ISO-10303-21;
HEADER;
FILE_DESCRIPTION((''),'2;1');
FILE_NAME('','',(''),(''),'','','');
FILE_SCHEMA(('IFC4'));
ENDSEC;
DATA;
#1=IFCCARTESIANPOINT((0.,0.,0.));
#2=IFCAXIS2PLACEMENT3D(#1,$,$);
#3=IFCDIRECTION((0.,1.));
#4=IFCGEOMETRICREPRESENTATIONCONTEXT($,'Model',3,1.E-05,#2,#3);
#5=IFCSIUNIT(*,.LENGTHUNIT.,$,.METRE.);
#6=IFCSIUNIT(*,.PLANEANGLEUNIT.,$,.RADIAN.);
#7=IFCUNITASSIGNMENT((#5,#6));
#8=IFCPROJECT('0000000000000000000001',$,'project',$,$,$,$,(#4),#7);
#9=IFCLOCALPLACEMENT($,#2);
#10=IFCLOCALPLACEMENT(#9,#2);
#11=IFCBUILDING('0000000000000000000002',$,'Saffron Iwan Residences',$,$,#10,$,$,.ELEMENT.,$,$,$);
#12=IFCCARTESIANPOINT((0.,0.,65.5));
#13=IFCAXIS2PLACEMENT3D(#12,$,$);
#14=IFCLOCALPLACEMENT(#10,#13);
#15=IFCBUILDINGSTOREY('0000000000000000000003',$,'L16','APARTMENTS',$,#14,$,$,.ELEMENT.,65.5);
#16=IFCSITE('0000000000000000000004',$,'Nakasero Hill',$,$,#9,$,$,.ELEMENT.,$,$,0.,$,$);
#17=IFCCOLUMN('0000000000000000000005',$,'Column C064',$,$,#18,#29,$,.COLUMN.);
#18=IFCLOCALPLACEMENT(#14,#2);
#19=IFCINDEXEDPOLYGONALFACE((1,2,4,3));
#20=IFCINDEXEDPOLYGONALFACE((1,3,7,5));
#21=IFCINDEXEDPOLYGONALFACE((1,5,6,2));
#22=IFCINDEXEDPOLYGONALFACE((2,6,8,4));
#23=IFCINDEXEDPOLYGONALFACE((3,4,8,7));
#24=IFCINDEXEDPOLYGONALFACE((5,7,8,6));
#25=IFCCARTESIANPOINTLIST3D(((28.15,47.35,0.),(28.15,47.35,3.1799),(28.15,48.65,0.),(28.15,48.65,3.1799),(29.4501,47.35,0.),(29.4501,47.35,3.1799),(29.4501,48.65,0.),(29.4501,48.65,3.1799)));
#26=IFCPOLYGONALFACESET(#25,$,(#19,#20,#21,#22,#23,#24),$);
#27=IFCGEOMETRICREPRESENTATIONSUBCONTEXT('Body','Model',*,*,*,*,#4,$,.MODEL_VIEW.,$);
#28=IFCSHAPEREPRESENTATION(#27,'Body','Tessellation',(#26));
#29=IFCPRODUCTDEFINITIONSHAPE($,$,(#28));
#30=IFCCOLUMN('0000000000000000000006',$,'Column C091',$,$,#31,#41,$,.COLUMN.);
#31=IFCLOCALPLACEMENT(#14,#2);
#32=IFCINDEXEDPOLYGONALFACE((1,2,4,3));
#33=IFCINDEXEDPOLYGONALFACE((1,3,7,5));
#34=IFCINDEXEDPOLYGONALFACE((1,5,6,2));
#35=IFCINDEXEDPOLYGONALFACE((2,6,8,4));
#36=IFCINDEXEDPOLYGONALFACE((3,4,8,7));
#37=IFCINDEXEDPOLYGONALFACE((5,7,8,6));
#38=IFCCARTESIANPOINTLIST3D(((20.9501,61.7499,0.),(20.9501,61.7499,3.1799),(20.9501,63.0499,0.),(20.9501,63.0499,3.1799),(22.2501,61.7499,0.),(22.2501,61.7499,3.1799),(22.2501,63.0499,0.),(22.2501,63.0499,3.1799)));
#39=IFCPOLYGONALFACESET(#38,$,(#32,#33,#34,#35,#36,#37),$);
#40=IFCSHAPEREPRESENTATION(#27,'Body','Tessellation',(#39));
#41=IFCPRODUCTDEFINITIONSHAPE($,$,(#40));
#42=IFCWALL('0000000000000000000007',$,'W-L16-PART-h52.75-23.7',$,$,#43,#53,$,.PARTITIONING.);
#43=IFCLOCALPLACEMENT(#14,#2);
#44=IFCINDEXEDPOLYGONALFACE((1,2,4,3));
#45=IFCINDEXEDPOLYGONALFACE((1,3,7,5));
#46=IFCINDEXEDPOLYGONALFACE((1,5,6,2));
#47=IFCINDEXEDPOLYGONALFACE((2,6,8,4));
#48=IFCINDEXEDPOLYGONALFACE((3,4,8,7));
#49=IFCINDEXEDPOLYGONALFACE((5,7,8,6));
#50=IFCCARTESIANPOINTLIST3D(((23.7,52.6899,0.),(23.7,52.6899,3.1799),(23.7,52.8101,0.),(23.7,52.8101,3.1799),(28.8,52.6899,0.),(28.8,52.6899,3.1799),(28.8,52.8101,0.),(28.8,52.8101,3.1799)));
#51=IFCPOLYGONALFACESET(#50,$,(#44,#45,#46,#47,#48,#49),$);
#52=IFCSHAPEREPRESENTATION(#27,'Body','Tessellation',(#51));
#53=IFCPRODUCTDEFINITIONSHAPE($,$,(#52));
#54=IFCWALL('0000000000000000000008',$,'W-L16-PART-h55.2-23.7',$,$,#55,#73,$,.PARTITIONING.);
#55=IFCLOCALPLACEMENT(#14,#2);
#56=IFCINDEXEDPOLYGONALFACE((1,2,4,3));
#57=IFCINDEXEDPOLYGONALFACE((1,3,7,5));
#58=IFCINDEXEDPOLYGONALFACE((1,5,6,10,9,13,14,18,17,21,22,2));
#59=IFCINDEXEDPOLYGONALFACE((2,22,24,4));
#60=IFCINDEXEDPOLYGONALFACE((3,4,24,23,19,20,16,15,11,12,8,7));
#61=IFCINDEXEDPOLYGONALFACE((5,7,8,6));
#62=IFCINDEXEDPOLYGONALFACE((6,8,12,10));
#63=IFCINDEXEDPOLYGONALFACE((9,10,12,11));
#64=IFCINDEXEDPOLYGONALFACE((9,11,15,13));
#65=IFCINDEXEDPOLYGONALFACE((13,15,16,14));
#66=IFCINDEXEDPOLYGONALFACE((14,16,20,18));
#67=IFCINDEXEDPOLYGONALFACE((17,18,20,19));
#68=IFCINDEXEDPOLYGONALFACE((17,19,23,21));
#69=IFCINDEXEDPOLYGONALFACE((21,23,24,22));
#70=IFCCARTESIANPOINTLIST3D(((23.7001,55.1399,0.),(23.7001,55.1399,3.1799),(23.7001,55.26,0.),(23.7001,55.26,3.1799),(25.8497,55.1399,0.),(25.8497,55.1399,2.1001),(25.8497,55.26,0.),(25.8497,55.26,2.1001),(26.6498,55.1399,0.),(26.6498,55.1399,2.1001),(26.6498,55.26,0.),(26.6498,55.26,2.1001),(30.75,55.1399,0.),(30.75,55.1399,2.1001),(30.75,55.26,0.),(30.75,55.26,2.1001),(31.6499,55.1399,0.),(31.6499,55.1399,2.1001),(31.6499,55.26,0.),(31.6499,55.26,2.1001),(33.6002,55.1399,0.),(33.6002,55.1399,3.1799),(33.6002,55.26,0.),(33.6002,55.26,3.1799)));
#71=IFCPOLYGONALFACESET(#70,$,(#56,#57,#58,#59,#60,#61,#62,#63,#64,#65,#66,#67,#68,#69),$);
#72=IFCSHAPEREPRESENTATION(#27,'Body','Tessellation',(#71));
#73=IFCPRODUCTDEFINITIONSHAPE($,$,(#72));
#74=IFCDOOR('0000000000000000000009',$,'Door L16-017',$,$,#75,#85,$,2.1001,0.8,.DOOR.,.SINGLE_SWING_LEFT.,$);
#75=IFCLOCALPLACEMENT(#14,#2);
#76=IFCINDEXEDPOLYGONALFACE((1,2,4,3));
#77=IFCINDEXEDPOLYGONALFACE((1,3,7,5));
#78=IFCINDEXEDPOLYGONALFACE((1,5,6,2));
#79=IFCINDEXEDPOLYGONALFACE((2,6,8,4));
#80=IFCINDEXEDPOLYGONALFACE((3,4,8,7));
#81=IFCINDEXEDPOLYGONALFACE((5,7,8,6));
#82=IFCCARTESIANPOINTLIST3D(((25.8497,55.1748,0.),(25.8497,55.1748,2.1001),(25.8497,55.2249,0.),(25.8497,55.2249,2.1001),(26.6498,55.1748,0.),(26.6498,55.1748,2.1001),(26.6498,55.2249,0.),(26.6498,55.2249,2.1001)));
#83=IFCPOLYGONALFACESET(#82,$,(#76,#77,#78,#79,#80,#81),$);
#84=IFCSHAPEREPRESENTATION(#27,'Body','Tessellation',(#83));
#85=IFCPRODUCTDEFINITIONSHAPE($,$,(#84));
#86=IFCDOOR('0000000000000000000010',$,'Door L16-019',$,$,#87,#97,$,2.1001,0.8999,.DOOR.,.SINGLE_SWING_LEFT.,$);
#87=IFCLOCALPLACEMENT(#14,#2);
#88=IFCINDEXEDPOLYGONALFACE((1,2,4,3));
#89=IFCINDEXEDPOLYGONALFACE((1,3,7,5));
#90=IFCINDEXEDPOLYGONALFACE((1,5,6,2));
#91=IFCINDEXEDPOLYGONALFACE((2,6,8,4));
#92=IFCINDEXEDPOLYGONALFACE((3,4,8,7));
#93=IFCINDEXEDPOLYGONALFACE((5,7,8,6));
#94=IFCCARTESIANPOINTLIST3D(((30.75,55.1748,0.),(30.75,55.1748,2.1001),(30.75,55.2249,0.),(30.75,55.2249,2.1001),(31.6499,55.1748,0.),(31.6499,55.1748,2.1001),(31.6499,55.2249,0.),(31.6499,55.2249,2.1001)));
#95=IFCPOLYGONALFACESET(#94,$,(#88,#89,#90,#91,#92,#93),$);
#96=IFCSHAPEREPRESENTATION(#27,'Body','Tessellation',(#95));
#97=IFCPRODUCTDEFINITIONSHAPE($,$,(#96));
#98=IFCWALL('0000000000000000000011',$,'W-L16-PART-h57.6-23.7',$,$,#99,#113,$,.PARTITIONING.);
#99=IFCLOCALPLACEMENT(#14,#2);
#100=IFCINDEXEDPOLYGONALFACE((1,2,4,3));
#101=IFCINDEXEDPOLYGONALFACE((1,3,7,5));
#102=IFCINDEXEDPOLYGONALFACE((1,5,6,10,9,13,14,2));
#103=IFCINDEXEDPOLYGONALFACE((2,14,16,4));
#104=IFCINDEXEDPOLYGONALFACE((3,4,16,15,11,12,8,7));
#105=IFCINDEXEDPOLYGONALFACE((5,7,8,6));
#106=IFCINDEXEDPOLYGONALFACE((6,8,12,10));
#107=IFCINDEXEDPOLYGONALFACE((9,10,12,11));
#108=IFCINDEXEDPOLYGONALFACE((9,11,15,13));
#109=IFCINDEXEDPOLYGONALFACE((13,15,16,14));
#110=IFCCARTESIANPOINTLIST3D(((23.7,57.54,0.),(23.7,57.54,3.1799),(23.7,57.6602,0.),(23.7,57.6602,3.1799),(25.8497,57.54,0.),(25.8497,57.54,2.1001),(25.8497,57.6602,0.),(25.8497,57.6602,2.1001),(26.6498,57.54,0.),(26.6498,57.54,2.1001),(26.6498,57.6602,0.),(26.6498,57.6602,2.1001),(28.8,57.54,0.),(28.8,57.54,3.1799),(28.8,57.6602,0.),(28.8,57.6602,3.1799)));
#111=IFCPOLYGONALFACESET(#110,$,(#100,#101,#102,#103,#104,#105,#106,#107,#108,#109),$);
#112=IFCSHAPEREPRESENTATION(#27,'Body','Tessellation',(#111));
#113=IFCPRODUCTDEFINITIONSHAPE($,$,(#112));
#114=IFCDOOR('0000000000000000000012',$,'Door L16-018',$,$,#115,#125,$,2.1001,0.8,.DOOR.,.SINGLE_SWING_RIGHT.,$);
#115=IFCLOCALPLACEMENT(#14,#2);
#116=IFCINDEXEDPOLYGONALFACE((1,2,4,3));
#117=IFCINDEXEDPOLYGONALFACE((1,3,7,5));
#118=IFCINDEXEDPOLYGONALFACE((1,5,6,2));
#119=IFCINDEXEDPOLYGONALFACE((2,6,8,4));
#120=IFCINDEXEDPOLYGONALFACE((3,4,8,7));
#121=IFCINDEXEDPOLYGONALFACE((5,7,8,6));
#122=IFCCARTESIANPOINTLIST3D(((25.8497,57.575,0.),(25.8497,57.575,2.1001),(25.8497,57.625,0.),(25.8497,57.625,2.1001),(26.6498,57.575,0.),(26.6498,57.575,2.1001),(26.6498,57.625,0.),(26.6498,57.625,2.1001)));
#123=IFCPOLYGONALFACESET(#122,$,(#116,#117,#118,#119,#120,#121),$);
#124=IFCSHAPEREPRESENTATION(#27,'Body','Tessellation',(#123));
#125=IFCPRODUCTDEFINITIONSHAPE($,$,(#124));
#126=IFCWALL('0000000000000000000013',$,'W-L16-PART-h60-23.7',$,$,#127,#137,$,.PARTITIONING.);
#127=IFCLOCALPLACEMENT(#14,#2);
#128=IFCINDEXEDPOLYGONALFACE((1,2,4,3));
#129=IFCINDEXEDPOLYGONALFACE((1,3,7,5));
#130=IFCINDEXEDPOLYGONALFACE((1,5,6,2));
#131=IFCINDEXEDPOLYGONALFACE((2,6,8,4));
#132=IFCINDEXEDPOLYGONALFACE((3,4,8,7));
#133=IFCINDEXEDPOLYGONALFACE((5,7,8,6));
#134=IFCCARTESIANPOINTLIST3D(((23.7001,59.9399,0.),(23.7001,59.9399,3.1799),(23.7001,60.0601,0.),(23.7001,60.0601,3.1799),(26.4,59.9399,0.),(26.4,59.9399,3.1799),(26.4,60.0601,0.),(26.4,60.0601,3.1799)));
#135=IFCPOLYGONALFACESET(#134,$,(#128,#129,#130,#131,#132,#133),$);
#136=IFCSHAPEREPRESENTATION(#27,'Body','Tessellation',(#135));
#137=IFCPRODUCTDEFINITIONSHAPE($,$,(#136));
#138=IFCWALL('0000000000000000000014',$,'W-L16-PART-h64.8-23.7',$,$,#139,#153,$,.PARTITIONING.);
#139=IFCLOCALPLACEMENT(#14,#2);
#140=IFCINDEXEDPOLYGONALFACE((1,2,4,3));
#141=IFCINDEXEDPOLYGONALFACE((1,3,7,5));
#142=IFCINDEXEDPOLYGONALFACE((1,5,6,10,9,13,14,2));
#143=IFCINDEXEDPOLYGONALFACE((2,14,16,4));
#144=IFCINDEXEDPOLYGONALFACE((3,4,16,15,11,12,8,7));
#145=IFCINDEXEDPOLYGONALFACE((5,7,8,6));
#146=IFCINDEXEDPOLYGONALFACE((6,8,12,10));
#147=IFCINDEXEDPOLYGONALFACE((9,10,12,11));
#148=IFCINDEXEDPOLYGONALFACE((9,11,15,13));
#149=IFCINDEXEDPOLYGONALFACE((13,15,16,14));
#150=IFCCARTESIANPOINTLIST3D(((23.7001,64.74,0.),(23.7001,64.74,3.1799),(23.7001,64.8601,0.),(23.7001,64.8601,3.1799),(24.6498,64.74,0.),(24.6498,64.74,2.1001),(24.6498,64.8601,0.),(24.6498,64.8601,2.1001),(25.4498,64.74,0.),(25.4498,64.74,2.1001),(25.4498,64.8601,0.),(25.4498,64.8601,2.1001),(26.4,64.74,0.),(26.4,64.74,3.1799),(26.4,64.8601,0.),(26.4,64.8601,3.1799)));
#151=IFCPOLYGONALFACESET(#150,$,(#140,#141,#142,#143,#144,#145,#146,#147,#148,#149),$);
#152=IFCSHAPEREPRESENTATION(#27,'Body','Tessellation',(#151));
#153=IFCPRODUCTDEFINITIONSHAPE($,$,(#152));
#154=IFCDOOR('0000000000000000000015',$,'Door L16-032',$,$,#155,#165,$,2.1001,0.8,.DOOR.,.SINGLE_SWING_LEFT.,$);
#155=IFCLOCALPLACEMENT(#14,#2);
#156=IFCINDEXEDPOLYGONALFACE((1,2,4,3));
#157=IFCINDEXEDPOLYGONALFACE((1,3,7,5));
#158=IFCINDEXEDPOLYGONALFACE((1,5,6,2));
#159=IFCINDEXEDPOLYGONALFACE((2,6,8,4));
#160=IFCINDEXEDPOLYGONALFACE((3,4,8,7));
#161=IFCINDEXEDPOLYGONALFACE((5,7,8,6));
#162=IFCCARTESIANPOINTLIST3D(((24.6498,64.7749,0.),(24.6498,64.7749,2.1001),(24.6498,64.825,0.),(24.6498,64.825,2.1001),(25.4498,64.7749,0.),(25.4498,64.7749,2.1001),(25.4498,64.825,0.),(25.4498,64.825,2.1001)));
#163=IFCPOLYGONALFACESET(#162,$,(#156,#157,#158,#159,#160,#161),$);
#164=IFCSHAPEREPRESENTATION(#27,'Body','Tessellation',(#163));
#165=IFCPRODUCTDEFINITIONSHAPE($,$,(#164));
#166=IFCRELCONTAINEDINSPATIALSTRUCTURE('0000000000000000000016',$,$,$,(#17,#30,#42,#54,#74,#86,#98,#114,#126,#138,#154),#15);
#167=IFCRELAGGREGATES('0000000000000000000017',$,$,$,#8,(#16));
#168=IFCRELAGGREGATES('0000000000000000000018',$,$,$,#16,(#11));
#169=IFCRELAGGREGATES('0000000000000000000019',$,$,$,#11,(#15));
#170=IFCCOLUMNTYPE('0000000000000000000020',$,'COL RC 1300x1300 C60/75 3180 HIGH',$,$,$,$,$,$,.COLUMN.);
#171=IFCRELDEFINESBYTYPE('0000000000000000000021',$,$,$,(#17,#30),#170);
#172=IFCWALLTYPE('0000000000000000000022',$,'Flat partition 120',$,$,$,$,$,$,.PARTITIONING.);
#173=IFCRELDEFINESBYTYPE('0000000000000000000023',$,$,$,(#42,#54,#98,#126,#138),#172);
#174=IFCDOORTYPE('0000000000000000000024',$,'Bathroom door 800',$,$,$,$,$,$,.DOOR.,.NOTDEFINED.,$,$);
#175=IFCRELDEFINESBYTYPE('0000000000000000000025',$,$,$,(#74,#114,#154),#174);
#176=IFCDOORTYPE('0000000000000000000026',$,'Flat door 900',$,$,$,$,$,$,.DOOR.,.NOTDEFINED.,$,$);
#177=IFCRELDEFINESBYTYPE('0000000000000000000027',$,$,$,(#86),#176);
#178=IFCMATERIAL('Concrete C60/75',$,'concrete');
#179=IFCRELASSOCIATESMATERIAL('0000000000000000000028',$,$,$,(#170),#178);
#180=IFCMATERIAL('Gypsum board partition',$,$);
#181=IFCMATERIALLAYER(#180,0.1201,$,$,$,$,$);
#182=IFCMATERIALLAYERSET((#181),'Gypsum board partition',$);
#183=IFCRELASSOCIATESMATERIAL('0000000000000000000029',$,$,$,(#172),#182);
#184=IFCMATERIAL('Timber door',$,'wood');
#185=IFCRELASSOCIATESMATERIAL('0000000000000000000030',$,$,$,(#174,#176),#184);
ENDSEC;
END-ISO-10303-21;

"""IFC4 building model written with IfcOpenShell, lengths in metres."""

from ifc_helpers import new_model, si_unit, direction, frame, frame_2d, origin, origin_2d, place, context, subcontext, project, spatial, rectangle, extrude, source, transform, mapped, material, layer, layer_set, material_profile, profile_set, type_object, element, fill, save


model = new_model("IFC4")

# Units and contexts
model_context = context("Model", 3, precision=1e-05, world=origin(), true_north=direction((0.0, 1.0)))
body_context = subcontext(model_context, "Body", "Model", "MODEL_VIEW")
ifc_project = project(units=[si_unit("LENGTHUNIT", "METRE"), si_unit("PLANEANGLEUNIT", "RADIAN")], contexts=[model_context])

# Site, building, storey
site_placement = place(None, origin())
site = spatial("IfcSite", under=ifc_project, at=site_placement, Name="Nakasero Hill", CompositionType="ELEMENT", RefElevation=0.0)
building_placement = place(site_placement, origin())
building = spatial("IfcBuilding", under=site, at=building_placement, Name="Saffron Iwan Residences", CompositionType="ELEMENT")
storey_placement = place(building_placement, frame((0.0, 0.0, 65.5)))
storey = spatial("IfcBuildingStorey", under=building, at=storey_placement, Name="L16", Description="APARTMENTS", CompositionType="ELEMENT", Elevation=65.5)

# Columns
ifc_material_1 = material(Name="Concrete C60/75", Category="concrete")
ifc_material_profile = material_profile(ifc_material_1, rectangle(XDim=1.3, YDim=1.3, at=origin_2d()), Name="RC 1300x1300")
ifc_profile_set = profile_set([ifc_material_profile], Name="Concrete C60/75")
column_type = type_object("IfcColumnType", Name="COL RC 1300x1300 C60/75 3180 HIGH", PredefinedType="COLUMN", material=ifc_profile_set)
shared_shape = source(origin(), body_context, "Body", "SweptSolid", [
    extrude(rectangle(XDim=1.3, YDim=1.3, at=origin_2d()), origin(), (0.0, 0.0, 1.0), 3.1799),
])
for number, where, z_axis, x_axis, name in (
    (1, (28.8, 48.0, 0.0), (0.0, 0.0, 1.0), (1.0, 0.0, 0.0), "Column C064"),
    (2, (21.6001, 62.3999, 0.0), (0.0, 0.0, 1.0), (1.0, 0.0, 0.0), "Column C091"),
):
    element("IfcColumn", number, at=place(storey_placement, frame(where, z_axis=z_axis, x_axis=x_axis)), inside=storey, type_object=column_type, Name=name, PredefinedType="COLUMN", context=body_context, shape_type="MappedRepresentation", body=[
        mapped(shared_shape, transform((0.0, 0.0, 0.0))),
    ])

# Wall
ifc_material_2 = material(Name="Gypsum board partition")
ifc_layer_1 = layer(ifc_material_2, 0.1201)
ifc_layer_set_1 = layer_set([ifc_layer_1], Name="Gypsum board partition")
wall_type_1 = type_object("IfcWallType", Name="Flat partition 120", PredefinedType="PARTITIONING", material=ifc_layer_set_1)
wall_1_placement = place(storey_placement, frame((23.7, 52.75, 0.0), z_axis=(0.0, 0.0, 1.0), x_axis=(1.0, 0.0, 0.0)))
element("IfcWall", 3, at=wall_1_placement, inside=storey, type_object=wall_type_1, Name="W-L16-PART-h52.75-23.7", PredefinedType="PARTITIONING", context=body_context, shape_type="SweptSolid", body=[
    extrude(rectangle(XDim=5.1001, YDim=0.1201, at=frame_2d((2.55, 0.0))), origin(), (0.0, 0.0, 1.0), 3.1799),
])

# Wall, openings, doors
wall_2_placement = place(storey_placement, frame((23.7, 55.2, 0.0), z_axis=(0.0, 0.0, 1.0), x_axis=(1.0, 0.0, 0.0)))
wall_2 = element("IfcWall", 4, at=wall_2_placement, inside=storey, type_object=wall_type_1, Name="W-L16-PART-h55.2-23.7", PredefinedType="PARTITIONING", context=body_context, shape_type="SweptSolid", body=[
    extrude(rectangle(XDim=9.9001, YDim=0.1201, at=frame_2d((4.9502, 0.0))), origin(), (0.0, 0.0, 1.0), 3.1799),
])
opening_1_placement = place(wall_2_placement, frame((2.1499, 0.0, 0.0)))
opening_1 = element("IfcOpeningElement", 5, at=opening_1_placement, cuts=wall_2, PredefinedType="OPENING", context=body_context, shape_type="SweptSolid", body=[
    extrude(rectangle(XDim=0.8, YDim=2.1001, at=frame_2d((0.3999, 1.05))), frame((0.0, 0.0701, 0.0), z_axis=(0.0, -1.0, 0.0), x_axis=(1.0, 0.0, 0.0)), (0.0, 0.0, 1.0), 0.1401),
])
opening_2_placement = place(wall_2_placement, frame((7.05, 0.0, 0.0)))
opening_2 = element("IfcOpeningElement", 6, at=opening_2_placement, cuts=wall_2, PredefinedType="OPENING", context=body_context, shape_type="SweptSolid", body=[
    extrude(rectangle(XDim=0.8999, YDim=2.1001, at=frame_2d((0.45, 1.05))), frame((0.0, 0.0701, 0.0), z_axis=(0.0, -1.0, 0.0), x_axis=(1.0, 0.0, 0.0)), (0.0, 0.0, 1.0), 0.1401),
])
ifc_material_3 = material(Name="Timber door", Category="wood")
door_type_1 = type_object("IfcDoorType", Name="Bathroom door 800", OperationType="NOTDEFINED", PredefinedType="DOOR", material=ifc_material_3)
door_1_placement = place(opening_1_placement, origin())
door_1 = element("IfcDoor", 7, at=door_1_placement, inside=storey, type_object=door_type_1, Name="Door L16-017", OperationType="SINGLE_SWING_LEFT", OverallHeight=2.1001, OverallWidth=0.8, PredefinedType="DOOR", context=body_context, shape_type="SweptSolid", body=[
    extrude(rectangle(XDim=0.8, YDim=2.1001, at=frame_2d((0.3999, 1.05))), frame((0.0, 0.0249, 0.0), z_axis=(0.0, -1.0, 0.0), x_axis=(1.0, 0.0, 0.0)), (0.0, 0.0, 1.0), 0.05),
])
fill(opening_1, door_1)
door_type_2 = type_object("IfcDoorType", Name="Flat door 900", OperationType="NOTDEFINED", PredefinedType="DOOR", material=ifc_material_3)
door_2_placement = place(opening_2_placement, origin())
door_2 = element("IfcDoor", 8, at=door_2_placement, inside=storey, type_object=door_type_2, Name="Door L16-019", OperationType="SINGLE_SWING_LEFT", OverallHeight=2.1001, OverallWidth=0.8999, PredefinedType="DOOR", context=body_context, shape_type="SweptSolid", body=[
    extrude(rectangle(XDim=0.8999, YDim=2.1001, at=frame_2d((0.45, 1.05))), frame((0.0, 0.0249, 0.0), z_axis=(0.0, -1.0, 0.0), x_axis=(1.0, 0.0, 0.0)), (0.0, 0.0, 1.0), 0.05),
])
fill(opening_2, door_2)

# Wall, opening, door
wall_3_placement = place(storey_placement, frame((23.7, 57.6001, 0.0), z_axis=(0.0, 0.0, 1.0), x_axis=(1.0, 0.0, 0.0)))
wall_3 = element("IfcWall", 9, at=wall_3_placement, inside=storey, type_object=wall_type_1, Name="W-L16-PART-h57.6-23.7", PredefinedType="PARTITIONING", context=body_context, shape_type="SweptSolid", body=[
    extrude(rectangle(XDim=5.1001, YDim=0.1201, at=frame_2d((2.55, 0.0))), origin(), (0.0, 0.0, 1.0), 3.1799),
])
opening_3_placement = place(wall_3_placement, frame((2.1499, 0.0, 0.0)))
opening_3 = element("IfcOpeningElement", 10, at=opening_3_placement, cuts=wall_3, PredefinedType="OPENING", context=body_context, shape_type="SweptSolid", body=[
    extrude(rectangle(XDim=0.8, YDim=2.1001, at=frame_2d((0.3999, 1.05))), frame((0.0, 0.0701, 0.0), z_axis=(0.0, -1.0, 0.0), x_axis=(1.0, 0.0, 0.0)), (0.0, 0.0, 1.0), 0.1401),
])
door_3_placement = place(opening_3_placement, origin())
door_3 = element("IfcDoor", 11, at=door_3_placement, inside=storey, type_object=door_type_1, Name="Door L16-018", OperationType="SINGLE_SWING_RIGHT", OverallHeight=2.1001, OverallWidth=0.8, PredefinedType="DOOR", context=body_context, shape_type="SweptSolid", body=[
    extrude(rectangle(XDim=0.8, YDim=2.1001, at=frame_2d((0.3999, 1.05))), frame((0.0, 0.0249, 0.0), z_axis=(0.0, -1.0, 0.0), x_axis=(1.0, 0.0, 0.0)), (0.0, 0.0, 1.0), 0.05),
])
fill(opening_3, door_3)

# Wall
wall_4_placement = place(storey_placement, frame((23.7, 60.0, 0.0), z_axis=(0.0, 0.0, 1.0), x_axis=(1.0, 0.0, 0.0)))
element("IfcWall", 12, at=wall_4_placement, inside=storey, type_object=wall_type_1, Name="W-L16-PART-h60-23.7", PredefinedType="PARTITIONING", context=body_context, shape_type="SweptSolid", body=[
    extrude(rectangle(XDim=2.7, YDim=0.1201, at=frame_2d((1.3501, 0.0))), origin(), (0.0, 0.0, 1.0), 3.1799),
])

# Wall, opening, door
wall_5_placement = place(storey_placement, frame((23.7, 64.8, 0.0), z_axis=(0.0, 0.0, 1.0), x_axis=(1.0, 0.0, 0.0)))
wall_5 = element("IfcWall", 13, at=wall_5_placement, inside=storey, type_object=wall_type_1, Name="W-L16-PART-h64.8-23.7", PredefinedType="PARTITIONING", context=body_context, shape_type="SweptSolid", body=[
    extrude(rectangle(XDim=2.7, YDim=0.1201, at=frame_2d((1.3501, 0.0))), origin(), (0.0, 0.0, 1.0), 3.1799),
])
opening_4_placement = place(wall_5_placement, frame((0.95, 0.0, 0.0)))
opening_4 = element("IfcOpeningElement", 14, at=opening_4_placement, cuts=wall_5, PredefinedType="OPENING", context=body_context, shape_type="SweptSolid", body=[
    extrude(rectangle(XDim=0.8, YDim=2.1001, at=frame_2d((0.3999, 1.05))), frame((0.0, 0.0701, 0.0), z_axis=(0.0, -1.0, 0.0), x_axis=(1.0, 0.0, 0.0)), (0.0, 0.0, 1.0), 0.1401),
])
door_4_placement = place(opening_4_placement, origin())
door_4 = element("IfcDoor", 15, at=door_4_placement, inside=storey, type_object=door_type_1, Name="Door L16-032", OperationType="SINGLE_SWING_LEFT", OverallHeight=2.1001, OverallWidth=0.8, PredefinedType="DOOR", context=body_context, shape_type="SweptSolid", body=[
    extrude(rectangle(XDim=0.8, YDim=2.1001, at=frame_2d((0.3999, 1.05))), frame((0.0, 0.0249, 0.0), z_axis=(0.0, -1.0, 0.0), x_axis=(1.0, 0.0, 0.0)), (0.0, 0.0, 1.0), 0.05),
])
fill(opening_4, door_4)

save(model, "model.ifc")
